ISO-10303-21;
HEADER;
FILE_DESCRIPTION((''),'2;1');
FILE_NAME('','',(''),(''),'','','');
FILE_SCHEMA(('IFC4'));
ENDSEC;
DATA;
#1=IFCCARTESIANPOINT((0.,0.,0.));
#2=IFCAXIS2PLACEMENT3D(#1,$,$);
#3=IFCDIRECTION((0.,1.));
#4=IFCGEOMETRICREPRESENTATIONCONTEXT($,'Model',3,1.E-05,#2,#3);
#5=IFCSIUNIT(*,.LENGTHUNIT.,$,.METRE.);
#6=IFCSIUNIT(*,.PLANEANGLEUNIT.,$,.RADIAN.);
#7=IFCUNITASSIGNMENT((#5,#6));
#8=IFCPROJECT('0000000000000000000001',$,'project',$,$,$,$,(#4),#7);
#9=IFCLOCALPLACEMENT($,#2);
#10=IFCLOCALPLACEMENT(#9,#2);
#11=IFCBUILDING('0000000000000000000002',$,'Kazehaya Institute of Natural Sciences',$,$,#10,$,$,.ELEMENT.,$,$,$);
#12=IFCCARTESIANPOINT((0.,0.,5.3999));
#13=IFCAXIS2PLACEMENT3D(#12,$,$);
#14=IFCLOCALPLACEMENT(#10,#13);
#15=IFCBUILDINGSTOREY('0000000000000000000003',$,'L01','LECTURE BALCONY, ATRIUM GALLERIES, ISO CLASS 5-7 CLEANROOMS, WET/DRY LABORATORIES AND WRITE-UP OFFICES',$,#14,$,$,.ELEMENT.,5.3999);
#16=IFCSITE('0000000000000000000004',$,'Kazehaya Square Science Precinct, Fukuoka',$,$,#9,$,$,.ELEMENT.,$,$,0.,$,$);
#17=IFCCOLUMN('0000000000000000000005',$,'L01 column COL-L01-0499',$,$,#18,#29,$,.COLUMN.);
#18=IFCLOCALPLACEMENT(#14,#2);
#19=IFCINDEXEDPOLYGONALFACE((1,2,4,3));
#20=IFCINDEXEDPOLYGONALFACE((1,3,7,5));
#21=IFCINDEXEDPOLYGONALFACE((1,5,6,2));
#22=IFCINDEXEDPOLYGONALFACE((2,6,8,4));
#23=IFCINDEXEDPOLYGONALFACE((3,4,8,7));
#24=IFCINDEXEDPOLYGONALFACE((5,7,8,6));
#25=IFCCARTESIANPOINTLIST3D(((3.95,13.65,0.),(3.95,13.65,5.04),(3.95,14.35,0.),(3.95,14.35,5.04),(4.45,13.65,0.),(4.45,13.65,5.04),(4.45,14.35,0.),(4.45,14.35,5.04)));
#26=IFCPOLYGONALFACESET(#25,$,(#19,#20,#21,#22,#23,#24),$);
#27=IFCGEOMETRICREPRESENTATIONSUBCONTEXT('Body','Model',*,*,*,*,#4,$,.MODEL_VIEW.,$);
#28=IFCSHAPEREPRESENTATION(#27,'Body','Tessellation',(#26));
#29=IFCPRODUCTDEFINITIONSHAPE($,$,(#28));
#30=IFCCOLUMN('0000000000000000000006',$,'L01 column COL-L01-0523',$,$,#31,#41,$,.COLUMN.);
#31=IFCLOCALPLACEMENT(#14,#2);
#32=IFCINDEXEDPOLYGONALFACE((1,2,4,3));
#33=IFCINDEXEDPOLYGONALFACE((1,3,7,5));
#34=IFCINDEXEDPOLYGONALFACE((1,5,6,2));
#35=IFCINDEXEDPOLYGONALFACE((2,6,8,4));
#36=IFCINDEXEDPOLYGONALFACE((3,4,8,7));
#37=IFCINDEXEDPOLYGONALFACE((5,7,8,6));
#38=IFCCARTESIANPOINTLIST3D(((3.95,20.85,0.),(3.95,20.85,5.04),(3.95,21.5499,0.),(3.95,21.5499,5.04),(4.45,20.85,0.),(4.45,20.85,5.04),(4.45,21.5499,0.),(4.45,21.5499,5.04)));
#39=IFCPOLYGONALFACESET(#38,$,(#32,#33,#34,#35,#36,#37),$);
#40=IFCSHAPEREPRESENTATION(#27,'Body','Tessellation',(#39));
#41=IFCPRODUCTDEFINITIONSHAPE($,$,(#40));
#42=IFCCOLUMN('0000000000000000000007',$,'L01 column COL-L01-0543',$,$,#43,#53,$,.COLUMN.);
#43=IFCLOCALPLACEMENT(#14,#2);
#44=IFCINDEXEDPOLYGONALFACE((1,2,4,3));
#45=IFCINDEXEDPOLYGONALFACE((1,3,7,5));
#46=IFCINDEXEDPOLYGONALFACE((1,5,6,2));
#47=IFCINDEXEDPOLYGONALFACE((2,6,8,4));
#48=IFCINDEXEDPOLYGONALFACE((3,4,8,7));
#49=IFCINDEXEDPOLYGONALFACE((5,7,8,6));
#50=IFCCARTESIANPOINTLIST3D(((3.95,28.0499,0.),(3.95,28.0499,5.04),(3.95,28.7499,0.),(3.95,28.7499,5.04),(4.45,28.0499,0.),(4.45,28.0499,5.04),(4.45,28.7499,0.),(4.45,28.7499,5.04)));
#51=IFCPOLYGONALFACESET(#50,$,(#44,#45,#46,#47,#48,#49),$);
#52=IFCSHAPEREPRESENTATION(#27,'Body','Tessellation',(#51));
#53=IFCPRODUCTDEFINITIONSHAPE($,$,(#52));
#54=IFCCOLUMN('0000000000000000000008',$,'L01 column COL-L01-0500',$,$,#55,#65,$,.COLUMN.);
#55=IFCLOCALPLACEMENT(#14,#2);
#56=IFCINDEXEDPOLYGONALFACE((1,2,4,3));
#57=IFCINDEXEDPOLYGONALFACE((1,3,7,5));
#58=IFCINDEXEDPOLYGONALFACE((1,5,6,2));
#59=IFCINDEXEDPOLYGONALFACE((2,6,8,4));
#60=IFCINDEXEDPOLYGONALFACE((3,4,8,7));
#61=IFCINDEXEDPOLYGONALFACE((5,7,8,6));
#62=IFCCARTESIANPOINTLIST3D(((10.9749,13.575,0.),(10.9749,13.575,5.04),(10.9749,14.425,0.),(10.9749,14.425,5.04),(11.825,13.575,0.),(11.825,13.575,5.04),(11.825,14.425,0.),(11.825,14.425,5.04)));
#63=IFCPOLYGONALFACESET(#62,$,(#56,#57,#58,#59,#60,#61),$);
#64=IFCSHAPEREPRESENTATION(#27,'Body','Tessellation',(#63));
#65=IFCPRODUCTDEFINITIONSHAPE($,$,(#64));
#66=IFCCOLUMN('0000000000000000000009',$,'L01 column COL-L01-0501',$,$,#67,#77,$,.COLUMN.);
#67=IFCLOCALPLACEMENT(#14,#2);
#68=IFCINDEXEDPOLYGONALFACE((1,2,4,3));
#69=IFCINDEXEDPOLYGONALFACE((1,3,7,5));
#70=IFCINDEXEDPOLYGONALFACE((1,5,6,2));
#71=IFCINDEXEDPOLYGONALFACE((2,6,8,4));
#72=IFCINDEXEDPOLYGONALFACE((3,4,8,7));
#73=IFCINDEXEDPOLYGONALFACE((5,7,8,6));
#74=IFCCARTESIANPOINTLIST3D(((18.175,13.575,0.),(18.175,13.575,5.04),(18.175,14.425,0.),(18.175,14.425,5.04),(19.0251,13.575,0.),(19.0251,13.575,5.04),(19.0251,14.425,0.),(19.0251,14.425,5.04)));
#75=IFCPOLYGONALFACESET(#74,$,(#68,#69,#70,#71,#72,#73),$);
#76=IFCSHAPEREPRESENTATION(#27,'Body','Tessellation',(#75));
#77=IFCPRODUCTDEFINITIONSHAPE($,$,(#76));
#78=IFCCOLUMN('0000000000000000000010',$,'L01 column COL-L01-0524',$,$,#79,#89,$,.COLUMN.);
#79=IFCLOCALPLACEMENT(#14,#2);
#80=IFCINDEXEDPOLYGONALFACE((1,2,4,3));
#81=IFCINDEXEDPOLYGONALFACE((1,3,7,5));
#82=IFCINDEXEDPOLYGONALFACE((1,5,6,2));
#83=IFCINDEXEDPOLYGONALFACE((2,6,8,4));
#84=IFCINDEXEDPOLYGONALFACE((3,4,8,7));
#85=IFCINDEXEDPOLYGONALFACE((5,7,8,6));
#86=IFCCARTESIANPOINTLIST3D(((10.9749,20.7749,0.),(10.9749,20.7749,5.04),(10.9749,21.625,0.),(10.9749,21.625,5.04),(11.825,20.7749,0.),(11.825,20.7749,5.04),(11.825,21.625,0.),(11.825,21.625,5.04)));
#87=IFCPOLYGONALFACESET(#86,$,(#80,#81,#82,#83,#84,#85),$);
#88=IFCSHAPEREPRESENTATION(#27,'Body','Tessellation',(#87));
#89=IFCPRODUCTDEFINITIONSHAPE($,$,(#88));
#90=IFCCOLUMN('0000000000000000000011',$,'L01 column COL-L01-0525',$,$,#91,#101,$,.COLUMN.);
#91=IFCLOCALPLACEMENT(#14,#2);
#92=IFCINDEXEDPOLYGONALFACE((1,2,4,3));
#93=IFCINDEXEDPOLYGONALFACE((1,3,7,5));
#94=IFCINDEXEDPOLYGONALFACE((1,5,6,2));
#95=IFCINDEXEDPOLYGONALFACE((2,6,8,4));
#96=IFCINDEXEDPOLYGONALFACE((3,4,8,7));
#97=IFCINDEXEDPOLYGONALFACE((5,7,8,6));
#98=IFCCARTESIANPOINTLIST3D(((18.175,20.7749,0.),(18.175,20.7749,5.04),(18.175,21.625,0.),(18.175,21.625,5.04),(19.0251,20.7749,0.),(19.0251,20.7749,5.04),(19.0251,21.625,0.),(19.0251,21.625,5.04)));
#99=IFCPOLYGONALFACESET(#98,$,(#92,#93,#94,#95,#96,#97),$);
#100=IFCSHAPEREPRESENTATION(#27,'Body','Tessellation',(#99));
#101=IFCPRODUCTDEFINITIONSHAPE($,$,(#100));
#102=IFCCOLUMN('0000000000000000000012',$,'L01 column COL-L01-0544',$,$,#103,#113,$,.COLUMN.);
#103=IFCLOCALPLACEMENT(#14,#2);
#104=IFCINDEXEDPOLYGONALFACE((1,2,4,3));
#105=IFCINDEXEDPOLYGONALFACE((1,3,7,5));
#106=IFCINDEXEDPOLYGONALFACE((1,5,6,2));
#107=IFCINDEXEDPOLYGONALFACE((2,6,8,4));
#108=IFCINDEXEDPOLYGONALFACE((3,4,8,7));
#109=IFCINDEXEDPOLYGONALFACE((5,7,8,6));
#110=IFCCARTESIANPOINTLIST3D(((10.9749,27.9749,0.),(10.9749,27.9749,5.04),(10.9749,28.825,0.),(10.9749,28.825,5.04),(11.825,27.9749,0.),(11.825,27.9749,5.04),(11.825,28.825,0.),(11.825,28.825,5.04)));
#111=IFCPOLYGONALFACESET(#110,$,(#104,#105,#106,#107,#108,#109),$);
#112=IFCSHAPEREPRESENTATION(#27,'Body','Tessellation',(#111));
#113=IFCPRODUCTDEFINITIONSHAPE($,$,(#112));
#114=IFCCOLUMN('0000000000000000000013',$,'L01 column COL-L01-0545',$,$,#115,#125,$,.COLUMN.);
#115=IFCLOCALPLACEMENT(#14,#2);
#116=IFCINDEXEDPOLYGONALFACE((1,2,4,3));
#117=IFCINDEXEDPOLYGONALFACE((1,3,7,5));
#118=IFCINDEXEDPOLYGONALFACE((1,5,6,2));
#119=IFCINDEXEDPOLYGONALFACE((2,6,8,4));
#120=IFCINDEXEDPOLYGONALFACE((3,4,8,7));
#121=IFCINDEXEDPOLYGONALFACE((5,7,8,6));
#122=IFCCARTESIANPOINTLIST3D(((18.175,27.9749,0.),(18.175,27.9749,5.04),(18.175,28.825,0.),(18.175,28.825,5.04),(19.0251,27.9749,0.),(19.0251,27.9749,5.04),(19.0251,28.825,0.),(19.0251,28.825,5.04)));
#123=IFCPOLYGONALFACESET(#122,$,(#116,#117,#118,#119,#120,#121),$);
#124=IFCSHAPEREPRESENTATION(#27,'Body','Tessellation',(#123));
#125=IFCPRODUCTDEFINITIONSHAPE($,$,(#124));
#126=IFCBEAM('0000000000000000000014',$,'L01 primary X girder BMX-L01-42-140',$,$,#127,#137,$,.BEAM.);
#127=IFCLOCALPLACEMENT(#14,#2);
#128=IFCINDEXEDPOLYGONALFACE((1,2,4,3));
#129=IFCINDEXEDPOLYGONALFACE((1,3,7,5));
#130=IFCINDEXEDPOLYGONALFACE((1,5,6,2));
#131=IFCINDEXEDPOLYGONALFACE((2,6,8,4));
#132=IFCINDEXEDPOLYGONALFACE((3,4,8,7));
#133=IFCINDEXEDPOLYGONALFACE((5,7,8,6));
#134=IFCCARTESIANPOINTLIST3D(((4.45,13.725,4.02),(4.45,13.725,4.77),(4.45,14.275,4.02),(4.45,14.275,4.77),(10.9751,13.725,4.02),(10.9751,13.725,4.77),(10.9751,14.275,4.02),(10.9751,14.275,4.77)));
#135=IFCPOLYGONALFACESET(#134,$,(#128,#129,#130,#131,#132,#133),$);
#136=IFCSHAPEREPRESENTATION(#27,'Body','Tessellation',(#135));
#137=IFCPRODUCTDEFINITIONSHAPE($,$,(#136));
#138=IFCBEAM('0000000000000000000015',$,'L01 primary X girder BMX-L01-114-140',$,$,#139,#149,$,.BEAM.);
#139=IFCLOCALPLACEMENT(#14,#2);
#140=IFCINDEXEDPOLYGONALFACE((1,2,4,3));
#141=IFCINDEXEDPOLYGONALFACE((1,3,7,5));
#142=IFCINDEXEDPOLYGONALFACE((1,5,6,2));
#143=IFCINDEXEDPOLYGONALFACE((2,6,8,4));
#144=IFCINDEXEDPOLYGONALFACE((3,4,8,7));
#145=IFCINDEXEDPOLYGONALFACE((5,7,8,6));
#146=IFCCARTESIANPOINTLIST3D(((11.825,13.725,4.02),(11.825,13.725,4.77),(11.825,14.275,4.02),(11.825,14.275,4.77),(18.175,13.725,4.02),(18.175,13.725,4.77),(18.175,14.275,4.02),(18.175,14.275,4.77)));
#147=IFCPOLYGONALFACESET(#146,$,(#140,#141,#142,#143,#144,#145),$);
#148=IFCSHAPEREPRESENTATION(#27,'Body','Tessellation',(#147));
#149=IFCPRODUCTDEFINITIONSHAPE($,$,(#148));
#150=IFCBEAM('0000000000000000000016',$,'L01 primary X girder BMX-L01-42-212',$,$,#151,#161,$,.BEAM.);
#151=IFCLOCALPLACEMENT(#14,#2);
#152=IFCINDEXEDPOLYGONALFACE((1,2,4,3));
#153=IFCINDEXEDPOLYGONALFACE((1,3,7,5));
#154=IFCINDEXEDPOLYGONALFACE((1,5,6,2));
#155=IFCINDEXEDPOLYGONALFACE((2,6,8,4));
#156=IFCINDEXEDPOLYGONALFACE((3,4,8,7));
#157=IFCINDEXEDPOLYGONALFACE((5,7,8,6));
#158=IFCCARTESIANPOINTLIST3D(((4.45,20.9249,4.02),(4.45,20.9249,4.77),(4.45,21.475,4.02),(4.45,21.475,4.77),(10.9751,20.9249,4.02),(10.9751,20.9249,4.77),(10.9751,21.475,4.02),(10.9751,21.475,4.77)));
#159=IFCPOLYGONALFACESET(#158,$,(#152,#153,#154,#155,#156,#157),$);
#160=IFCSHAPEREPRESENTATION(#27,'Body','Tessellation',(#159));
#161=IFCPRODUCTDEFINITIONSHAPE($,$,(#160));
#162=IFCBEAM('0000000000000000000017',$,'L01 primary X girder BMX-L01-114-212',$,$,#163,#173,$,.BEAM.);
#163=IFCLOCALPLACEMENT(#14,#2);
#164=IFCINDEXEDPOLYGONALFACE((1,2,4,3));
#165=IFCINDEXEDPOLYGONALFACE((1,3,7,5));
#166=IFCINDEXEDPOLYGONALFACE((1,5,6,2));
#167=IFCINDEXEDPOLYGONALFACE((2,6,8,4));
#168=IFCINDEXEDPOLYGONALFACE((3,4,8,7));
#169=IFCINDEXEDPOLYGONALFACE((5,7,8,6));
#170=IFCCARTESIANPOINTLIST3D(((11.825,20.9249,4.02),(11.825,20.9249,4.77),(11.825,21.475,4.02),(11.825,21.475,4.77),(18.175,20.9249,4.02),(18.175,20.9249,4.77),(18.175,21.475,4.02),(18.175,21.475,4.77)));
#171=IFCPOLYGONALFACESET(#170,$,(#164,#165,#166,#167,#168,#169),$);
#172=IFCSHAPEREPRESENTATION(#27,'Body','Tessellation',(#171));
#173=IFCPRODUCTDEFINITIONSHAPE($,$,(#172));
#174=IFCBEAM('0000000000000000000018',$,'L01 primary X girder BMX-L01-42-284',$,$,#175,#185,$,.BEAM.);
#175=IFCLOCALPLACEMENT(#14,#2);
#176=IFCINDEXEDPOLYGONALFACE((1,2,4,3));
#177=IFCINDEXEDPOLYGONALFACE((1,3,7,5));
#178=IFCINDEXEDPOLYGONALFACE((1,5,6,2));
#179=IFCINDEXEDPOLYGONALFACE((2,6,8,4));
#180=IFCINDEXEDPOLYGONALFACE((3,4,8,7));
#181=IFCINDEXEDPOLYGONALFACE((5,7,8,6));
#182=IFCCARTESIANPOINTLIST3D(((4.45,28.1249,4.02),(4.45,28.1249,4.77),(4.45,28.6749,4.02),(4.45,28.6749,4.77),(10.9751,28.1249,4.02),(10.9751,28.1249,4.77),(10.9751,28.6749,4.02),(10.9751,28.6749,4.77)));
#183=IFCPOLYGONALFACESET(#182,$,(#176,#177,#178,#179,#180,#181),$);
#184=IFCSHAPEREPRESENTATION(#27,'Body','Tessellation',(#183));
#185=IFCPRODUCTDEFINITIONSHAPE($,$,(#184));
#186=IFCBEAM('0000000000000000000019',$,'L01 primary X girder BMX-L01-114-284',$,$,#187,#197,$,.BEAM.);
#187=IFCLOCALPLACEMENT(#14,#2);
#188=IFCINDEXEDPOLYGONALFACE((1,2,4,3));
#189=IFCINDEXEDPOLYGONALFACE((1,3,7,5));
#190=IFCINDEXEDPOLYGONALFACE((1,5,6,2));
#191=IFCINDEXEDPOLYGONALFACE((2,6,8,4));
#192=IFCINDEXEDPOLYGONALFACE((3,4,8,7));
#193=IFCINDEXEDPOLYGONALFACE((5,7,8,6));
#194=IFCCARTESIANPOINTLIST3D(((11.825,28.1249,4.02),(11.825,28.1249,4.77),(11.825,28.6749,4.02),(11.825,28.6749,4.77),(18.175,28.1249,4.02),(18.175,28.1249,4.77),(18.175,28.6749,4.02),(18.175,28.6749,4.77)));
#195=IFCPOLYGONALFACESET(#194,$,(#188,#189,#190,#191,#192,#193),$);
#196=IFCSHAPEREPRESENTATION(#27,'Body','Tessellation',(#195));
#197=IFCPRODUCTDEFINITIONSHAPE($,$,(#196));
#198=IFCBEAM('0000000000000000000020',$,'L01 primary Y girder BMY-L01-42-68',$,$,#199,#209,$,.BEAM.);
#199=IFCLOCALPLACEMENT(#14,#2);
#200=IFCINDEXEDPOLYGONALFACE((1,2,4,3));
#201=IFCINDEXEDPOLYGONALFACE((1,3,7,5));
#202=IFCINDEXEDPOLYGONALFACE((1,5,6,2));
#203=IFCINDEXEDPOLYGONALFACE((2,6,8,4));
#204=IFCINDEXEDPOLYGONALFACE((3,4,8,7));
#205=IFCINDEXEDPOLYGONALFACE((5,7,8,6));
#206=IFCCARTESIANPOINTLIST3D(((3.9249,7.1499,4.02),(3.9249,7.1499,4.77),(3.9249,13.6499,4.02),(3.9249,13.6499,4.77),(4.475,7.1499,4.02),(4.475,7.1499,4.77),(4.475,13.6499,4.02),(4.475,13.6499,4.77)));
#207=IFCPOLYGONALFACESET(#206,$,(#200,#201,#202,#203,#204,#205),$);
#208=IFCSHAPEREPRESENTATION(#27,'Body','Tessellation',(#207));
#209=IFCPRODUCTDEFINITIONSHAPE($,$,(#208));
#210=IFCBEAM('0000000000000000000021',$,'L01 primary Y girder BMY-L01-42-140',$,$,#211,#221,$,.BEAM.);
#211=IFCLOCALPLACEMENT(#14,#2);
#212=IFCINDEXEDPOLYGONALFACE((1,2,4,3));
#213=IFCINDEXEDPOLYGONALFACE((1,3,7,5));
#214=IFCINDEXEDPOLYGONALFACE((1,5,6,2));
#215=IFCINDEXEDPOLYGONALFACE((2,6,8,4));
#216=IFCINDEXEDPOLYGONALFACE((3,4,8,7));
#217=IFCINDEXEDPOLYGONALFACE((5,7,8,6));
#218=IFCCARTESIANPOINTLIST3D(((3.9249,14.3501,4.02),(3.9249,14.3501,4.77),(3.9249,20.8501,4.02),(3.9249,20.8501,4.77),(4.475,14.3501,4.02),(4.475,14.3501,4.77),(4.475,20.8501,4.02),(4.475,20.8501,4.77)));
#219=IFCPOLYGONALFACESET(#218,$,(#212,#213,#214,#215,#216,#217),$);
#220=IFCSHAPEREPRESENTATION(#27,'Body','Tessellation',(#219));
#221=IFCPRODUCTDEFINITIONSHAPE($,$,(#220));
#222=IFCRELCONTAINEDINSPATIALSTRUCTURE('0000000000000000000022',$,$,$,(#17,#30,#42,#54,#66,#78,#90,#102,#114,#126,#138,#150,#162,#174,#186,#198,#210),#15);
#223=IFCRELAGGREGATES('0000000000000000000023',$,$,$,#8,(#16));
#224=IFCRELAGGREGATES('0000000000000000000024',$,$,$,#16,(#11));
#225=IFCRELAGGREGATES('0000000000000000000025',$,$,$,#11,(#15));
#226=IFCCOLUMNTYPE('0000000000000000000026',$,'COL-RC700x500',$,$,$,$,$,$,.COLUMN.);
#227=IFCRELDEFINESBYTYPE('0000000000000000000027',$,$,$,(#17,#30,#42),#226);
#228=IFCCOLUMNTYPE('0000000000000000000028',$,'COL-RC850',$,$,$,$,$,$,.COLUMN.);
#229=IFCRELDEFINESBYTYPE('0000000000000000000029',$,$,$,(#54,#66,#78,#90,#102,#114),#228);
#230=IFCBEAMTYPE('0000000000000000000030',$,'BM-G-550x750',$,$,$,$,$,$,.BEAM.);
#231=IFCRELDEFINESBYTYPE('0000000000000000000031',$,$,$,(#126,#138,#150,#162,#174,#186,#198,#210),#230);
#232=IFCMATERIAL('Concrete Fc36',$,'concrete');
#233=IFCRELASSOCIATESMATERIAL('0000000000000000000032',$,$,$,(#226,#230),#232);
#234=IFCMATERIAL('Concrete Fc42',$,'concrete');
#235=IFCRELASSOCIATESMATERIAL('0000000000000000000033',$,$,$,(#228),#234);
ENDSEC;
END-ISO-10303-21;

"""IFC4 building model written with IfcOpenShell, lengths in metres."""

from ifc_helpers import new_model, si_unit, direction, frame, origin, origin_2d, place, context, subcontext, project, spatial, rectangle, extrude, material, material_profile, profile_set, type_object, element, save


model = new_model("IFC4")

# Units and contexts
model_context = context("Model", 3, precision=1e-05, world=origin(), true_north=direction((0.0, 1.0)))
body_context = subcontext(model_context, "Body", "Model", "MODEL_VIEW")
ifc_project = project(units=[si_unit("LENGTHUNIT", "METRE"), si_unit("PLANEANGLEUNIT", "RADIAN")], contexts=[model_context])

# Site, building, storey
site_placement = place(None, origin())
site = spatial("IfcSite", under=ifc_project, at=site_placement, Name="Kazehaya Square Science Precinct, Fukuoka", CompositionType="ELEMENT", RefElevation=0.0)
building_placement = place(site_placement, origin())
building = spatial("IfcBuilding", under=site, at=building_placement, Name="Kazehaya Institute of Natural Sciences", CompositionType="ELEMENT")
storey_placement = place(building_placement, frame((0.0, 0.0, 5.3999)))
storey = spatial("IfcBuildingStorey", under=building, at=storey_placement, Name="L01", Description="LECTURE BALCONY, ATRIUM GALLERIES, ISO CLASS 5-7 CLEANROOMS, WET/DRY LABORATORIES AND WRITE-UP OFFICES", CompositionType="ELEMENT", Elevation=5.3999)

# Columns
ifc_material_1 = material(Name="Concrete Fc36", Category="concrete")
ifc_material_profile_1 = material_profile(ifc_material_1, rectangle(XDim=0.5, YDim=0.7, at=origin_2d()), Name="RC-700x500")
ifc_profile_set_1 = profile_set([ifc_material_profile_1], Name="Concrete Fc36")
column_type_1 = type_object("IfcColumnType", Name="COL-RC700x500", PredefinedType="COLUMN", material=ifc_profile_set_1)
for number, where, z_axis, x_axis, name in (
    (1, (4.2, 14.0, 0.0), (0.0, 0.0, 1.0), (1.0, 0.0, 0.0), "L01 column COL-L01-0499"),
    (2, (4.2, 21.2, 0.0), (0.0, 0.0, 1.0), (1.0, 0.0, 0.0), "L01 column COL-L01-0523"),
    (3, (4.2, 28.3999, 0.0), (0.0, 0.0, 1.0), (1.0, 0.0, 0.0), "L01 column COL-L01-0543"),
):
    element("IfcColumn", number, at=place(storey_placement, frame(where, z_axis=z_axis, x_axis=x_axis)), inside=storey, type_object=column_type_1, Name=name, PredefinedType="COLUMN", context=body_context, shape_type="SweptSolid", body=[
        extrude(rectangle(XDim=0.5, YDim=0.7, at=origin_2d()), origin(), (0.0, 0.0, 1.0), 5.04),
    ])
ifc_material_2 = material(Name="Concrete Fc42", Category="concrete")
ifc_material_profile_2 = material_profile(ifc_material_2, rectangle(XDim=0.8501, YDim=0.8501, at=origin_2d()), Name="RC-850x850")
ifc_profile_set_2 = profile_set([ifc_material_profile_2], Name="Concrete Fc42")
column_type_2 = type_object("IfcColumnType", Name="COL-RC850", PredefinedType="COLUMN", material=ifc_profile_set_2)
for number, where, z_axis, x_axis, name in (
    (4, (11.3999, 14.0, 0.0), (0.0, 0.0, 1.0), (1.0, 0.0, 0.0), "L01 column COL-L01-0500"),
    (5, (18.6001, 14.0, 0.0), (0.0, 0.0, 1.0), (1.0, 0.0, 0.0), "L01 column COL-L01-0501"),
    (6, (11.3999, 21.2, 0.0), (0.0, 0.0, 1.0), (1.0, 0.0, 0.0), "L01 column COL-L01-0524"),
    (7, (18.6001, 21.2, 0.0), (0.0, 0.0, 1.0), (1.0, 0.0, 0.0), "L01 column COL-L01-0525"),
    (8, (11.3999, 28.3999, 0.0), (0.0, 0.0, 1.0), (1.0, 0.0, 0.0), "L01 column COL-L01-0544"),
    (9, (18.6001, 28.3999, 0.0), (0.0, 0.0, 1.0), (1.0, 0.0, 0.0), "L01 column COL-L01-0545"),
):
    element("IfcColumn", number, at=place(storey_placement, frame(where, z_axis=z_axis, x_axis=x_axis)), inside=storey, type_object=column_type_2, Name=name, PredefinedType="COLUMN", context=body_context, shape_type="SweptSolid", body=[
        extrude(rectangle(XDim=0.8501, YDim=0.8501, at=origin_2d()), origin(), (0.0, 0.0, 1.0), 5.04),
    ])

# Beams
ifc_material_profile_3 = material_profile(ifc_material_1, rectangle(XDim=0.55, YDim=0.75, at=origin_2d()), Name="RC-550x750")
ifc_profile_set_3 = profile_set([ifc_material_profile_3], Name="Concrete Fc36")
beam_type = type_object("IfcBeamType", Name="BM-G-550x750", PredefinedType="BEAM", material=ifc_profile_set_3)
beam_1_placement = place(storey_placement, frame((4.45, 14.0, 4.395), z_axis=(1.0, 0.0, 0.0), x_axis=(0.0, 1.0, 0.0)))
element("IfcBeam", 10, at=beam_1_placement, inside=storey, type_object=beam_type, Name="L01 primary X girder BMX-L01-42-140", PredefinedType="BEAM", context=body_context, shape_type="SweptSolid", body=[
    extrude(rectangle(XDim=0.55, YDim=0.75, at=origin_2d()), origin(), (0.0, 0.0, 1.0), 6.5251),
])
beam_2_placement = place(storey_placement, frame((11.825, 14.0, 4.395), z_axis=(1.0, 0.0, 0.0), x_axis=(0.0, 1.0, 0.0)))
element("IfcBeam", 11, at=beam_2_placement, inside=storey, type_object=beam_type, Name="L01 primary X girder BMX-L01-114-140", PredefinedType="BEAM", context=body_context, shape_type="SweptSolid", body=[
    extrude(rectangle(XDim=0.55, YDim=0.75, at=origin_2d()), origin(), (0.0, 0.0, 1.0), 6.3501),
])
beam_3_placement = place(storey_placement, frame((4.45, 21.2, 4.395), z_axis=(1.0, 0.0, 0.0), x_axis=(0.0, 1.0, 0.0)))
element("IfcBeam", 12, at=beam_3_placement, inside=storey, type_object=beam_type, Name="L01 primary X girder BMX-L01-42-212", PredefinedType="BEAM", context=body_context, shape_type="SweptSolid", body=[
    extrude(rectangle(XDim=0.55, YDim=0.75, at=origin_2d()), origin(), (0.0, 0.0, 1.0), 6.5251),
])
beam_4_placement = place(storey_placement, frame((11.825, 21.2, 4.395), z_axis=(1.0, 0.0, 0.0), x_axis=(0.0, 1.0, 0.0)))
element("IfcBeam", 13, at=beam_4_placement, inside=storey, type_object=beam_type, Name="L01 primary X girder BMX-L01-114-212", PredefinedType="BEAM", context=body_context, shape_type="SweptSolid", body=[
    extrude(rectangle(XDim=0.55, YDim=0.75, at=origin_2d()), origin(), (0.0, 0.0, 1.0), 6.3501),
])
beam_5_placement = place(storey_placement, frame((4.45, 28.3999, 4.395), z_axis=(1.0, 0.0, 0.0), x_axis=(0.0, 1.0, 0.0)))
element("IfcBeam", 14, at=beam_5_placement, inside=storey, type_object=beam_type, Name="L01 primary X girder BMX-L01-42-284", PredefinedType="BEAM", context=body_context, shape_type="SweptSolid", body=[
    extrude(rectangle(XDim=0.55, YDim=0.75, at=origin_2d()), origin(), (0.0, 0.0, 1.0), 6.5251),
])
beam_6_placement = place(storey_placement, frame((11.825, 28.3999, 4.395), z_axis=(1.0, 0.0, 0.0), x_axis=(0.0, 1.0, 0.0)))
element("IfcBeam", 15, at=beam_6_placement, inside=storey, type_object=beam_type, Name="L01 primary X girder BMX-L01-114-284", PredefinedType="BEAM", context=body_context, shape_type="SweptSolid", body=[
    extrude(rectangle(XDim=0.55, YDim=0.75, at=origin_2d()), origin(), (0.0, 0.0, 1.0), 6.3501),
])
for number, where, z_axis, x_axis, name in (
    (16, (4.2, 7.1499, 4.395), (0.0, 1.0, 0.0), (-1.0, 0.0, 0.0), "L01 primary Y girder BMY-L01-42-68"),
    (17, (4.2, 14.3501, 4.395), (0.0, 1.0, 0.0), (-1.0, 0.0, 0.0), "L01 primary Y girder BMY-L01-42-140"),
):
    element("IfcBeam", number, at=place(storey_placement, frame(where, z_axis=z_axis, x_axis=x_axis)), inside=storey, type_object=beam_type, Name=name, PredefinedType="BEAM", context=body_context, shape_type="SweptSolid", body=[
        extrude(rectangle(XDim=0.55, YDim=0.75, at=origin_2d()), origin(), (0.0, 0.0, 1.0), 6.5),
    ])

save(model, "model.ifc")
